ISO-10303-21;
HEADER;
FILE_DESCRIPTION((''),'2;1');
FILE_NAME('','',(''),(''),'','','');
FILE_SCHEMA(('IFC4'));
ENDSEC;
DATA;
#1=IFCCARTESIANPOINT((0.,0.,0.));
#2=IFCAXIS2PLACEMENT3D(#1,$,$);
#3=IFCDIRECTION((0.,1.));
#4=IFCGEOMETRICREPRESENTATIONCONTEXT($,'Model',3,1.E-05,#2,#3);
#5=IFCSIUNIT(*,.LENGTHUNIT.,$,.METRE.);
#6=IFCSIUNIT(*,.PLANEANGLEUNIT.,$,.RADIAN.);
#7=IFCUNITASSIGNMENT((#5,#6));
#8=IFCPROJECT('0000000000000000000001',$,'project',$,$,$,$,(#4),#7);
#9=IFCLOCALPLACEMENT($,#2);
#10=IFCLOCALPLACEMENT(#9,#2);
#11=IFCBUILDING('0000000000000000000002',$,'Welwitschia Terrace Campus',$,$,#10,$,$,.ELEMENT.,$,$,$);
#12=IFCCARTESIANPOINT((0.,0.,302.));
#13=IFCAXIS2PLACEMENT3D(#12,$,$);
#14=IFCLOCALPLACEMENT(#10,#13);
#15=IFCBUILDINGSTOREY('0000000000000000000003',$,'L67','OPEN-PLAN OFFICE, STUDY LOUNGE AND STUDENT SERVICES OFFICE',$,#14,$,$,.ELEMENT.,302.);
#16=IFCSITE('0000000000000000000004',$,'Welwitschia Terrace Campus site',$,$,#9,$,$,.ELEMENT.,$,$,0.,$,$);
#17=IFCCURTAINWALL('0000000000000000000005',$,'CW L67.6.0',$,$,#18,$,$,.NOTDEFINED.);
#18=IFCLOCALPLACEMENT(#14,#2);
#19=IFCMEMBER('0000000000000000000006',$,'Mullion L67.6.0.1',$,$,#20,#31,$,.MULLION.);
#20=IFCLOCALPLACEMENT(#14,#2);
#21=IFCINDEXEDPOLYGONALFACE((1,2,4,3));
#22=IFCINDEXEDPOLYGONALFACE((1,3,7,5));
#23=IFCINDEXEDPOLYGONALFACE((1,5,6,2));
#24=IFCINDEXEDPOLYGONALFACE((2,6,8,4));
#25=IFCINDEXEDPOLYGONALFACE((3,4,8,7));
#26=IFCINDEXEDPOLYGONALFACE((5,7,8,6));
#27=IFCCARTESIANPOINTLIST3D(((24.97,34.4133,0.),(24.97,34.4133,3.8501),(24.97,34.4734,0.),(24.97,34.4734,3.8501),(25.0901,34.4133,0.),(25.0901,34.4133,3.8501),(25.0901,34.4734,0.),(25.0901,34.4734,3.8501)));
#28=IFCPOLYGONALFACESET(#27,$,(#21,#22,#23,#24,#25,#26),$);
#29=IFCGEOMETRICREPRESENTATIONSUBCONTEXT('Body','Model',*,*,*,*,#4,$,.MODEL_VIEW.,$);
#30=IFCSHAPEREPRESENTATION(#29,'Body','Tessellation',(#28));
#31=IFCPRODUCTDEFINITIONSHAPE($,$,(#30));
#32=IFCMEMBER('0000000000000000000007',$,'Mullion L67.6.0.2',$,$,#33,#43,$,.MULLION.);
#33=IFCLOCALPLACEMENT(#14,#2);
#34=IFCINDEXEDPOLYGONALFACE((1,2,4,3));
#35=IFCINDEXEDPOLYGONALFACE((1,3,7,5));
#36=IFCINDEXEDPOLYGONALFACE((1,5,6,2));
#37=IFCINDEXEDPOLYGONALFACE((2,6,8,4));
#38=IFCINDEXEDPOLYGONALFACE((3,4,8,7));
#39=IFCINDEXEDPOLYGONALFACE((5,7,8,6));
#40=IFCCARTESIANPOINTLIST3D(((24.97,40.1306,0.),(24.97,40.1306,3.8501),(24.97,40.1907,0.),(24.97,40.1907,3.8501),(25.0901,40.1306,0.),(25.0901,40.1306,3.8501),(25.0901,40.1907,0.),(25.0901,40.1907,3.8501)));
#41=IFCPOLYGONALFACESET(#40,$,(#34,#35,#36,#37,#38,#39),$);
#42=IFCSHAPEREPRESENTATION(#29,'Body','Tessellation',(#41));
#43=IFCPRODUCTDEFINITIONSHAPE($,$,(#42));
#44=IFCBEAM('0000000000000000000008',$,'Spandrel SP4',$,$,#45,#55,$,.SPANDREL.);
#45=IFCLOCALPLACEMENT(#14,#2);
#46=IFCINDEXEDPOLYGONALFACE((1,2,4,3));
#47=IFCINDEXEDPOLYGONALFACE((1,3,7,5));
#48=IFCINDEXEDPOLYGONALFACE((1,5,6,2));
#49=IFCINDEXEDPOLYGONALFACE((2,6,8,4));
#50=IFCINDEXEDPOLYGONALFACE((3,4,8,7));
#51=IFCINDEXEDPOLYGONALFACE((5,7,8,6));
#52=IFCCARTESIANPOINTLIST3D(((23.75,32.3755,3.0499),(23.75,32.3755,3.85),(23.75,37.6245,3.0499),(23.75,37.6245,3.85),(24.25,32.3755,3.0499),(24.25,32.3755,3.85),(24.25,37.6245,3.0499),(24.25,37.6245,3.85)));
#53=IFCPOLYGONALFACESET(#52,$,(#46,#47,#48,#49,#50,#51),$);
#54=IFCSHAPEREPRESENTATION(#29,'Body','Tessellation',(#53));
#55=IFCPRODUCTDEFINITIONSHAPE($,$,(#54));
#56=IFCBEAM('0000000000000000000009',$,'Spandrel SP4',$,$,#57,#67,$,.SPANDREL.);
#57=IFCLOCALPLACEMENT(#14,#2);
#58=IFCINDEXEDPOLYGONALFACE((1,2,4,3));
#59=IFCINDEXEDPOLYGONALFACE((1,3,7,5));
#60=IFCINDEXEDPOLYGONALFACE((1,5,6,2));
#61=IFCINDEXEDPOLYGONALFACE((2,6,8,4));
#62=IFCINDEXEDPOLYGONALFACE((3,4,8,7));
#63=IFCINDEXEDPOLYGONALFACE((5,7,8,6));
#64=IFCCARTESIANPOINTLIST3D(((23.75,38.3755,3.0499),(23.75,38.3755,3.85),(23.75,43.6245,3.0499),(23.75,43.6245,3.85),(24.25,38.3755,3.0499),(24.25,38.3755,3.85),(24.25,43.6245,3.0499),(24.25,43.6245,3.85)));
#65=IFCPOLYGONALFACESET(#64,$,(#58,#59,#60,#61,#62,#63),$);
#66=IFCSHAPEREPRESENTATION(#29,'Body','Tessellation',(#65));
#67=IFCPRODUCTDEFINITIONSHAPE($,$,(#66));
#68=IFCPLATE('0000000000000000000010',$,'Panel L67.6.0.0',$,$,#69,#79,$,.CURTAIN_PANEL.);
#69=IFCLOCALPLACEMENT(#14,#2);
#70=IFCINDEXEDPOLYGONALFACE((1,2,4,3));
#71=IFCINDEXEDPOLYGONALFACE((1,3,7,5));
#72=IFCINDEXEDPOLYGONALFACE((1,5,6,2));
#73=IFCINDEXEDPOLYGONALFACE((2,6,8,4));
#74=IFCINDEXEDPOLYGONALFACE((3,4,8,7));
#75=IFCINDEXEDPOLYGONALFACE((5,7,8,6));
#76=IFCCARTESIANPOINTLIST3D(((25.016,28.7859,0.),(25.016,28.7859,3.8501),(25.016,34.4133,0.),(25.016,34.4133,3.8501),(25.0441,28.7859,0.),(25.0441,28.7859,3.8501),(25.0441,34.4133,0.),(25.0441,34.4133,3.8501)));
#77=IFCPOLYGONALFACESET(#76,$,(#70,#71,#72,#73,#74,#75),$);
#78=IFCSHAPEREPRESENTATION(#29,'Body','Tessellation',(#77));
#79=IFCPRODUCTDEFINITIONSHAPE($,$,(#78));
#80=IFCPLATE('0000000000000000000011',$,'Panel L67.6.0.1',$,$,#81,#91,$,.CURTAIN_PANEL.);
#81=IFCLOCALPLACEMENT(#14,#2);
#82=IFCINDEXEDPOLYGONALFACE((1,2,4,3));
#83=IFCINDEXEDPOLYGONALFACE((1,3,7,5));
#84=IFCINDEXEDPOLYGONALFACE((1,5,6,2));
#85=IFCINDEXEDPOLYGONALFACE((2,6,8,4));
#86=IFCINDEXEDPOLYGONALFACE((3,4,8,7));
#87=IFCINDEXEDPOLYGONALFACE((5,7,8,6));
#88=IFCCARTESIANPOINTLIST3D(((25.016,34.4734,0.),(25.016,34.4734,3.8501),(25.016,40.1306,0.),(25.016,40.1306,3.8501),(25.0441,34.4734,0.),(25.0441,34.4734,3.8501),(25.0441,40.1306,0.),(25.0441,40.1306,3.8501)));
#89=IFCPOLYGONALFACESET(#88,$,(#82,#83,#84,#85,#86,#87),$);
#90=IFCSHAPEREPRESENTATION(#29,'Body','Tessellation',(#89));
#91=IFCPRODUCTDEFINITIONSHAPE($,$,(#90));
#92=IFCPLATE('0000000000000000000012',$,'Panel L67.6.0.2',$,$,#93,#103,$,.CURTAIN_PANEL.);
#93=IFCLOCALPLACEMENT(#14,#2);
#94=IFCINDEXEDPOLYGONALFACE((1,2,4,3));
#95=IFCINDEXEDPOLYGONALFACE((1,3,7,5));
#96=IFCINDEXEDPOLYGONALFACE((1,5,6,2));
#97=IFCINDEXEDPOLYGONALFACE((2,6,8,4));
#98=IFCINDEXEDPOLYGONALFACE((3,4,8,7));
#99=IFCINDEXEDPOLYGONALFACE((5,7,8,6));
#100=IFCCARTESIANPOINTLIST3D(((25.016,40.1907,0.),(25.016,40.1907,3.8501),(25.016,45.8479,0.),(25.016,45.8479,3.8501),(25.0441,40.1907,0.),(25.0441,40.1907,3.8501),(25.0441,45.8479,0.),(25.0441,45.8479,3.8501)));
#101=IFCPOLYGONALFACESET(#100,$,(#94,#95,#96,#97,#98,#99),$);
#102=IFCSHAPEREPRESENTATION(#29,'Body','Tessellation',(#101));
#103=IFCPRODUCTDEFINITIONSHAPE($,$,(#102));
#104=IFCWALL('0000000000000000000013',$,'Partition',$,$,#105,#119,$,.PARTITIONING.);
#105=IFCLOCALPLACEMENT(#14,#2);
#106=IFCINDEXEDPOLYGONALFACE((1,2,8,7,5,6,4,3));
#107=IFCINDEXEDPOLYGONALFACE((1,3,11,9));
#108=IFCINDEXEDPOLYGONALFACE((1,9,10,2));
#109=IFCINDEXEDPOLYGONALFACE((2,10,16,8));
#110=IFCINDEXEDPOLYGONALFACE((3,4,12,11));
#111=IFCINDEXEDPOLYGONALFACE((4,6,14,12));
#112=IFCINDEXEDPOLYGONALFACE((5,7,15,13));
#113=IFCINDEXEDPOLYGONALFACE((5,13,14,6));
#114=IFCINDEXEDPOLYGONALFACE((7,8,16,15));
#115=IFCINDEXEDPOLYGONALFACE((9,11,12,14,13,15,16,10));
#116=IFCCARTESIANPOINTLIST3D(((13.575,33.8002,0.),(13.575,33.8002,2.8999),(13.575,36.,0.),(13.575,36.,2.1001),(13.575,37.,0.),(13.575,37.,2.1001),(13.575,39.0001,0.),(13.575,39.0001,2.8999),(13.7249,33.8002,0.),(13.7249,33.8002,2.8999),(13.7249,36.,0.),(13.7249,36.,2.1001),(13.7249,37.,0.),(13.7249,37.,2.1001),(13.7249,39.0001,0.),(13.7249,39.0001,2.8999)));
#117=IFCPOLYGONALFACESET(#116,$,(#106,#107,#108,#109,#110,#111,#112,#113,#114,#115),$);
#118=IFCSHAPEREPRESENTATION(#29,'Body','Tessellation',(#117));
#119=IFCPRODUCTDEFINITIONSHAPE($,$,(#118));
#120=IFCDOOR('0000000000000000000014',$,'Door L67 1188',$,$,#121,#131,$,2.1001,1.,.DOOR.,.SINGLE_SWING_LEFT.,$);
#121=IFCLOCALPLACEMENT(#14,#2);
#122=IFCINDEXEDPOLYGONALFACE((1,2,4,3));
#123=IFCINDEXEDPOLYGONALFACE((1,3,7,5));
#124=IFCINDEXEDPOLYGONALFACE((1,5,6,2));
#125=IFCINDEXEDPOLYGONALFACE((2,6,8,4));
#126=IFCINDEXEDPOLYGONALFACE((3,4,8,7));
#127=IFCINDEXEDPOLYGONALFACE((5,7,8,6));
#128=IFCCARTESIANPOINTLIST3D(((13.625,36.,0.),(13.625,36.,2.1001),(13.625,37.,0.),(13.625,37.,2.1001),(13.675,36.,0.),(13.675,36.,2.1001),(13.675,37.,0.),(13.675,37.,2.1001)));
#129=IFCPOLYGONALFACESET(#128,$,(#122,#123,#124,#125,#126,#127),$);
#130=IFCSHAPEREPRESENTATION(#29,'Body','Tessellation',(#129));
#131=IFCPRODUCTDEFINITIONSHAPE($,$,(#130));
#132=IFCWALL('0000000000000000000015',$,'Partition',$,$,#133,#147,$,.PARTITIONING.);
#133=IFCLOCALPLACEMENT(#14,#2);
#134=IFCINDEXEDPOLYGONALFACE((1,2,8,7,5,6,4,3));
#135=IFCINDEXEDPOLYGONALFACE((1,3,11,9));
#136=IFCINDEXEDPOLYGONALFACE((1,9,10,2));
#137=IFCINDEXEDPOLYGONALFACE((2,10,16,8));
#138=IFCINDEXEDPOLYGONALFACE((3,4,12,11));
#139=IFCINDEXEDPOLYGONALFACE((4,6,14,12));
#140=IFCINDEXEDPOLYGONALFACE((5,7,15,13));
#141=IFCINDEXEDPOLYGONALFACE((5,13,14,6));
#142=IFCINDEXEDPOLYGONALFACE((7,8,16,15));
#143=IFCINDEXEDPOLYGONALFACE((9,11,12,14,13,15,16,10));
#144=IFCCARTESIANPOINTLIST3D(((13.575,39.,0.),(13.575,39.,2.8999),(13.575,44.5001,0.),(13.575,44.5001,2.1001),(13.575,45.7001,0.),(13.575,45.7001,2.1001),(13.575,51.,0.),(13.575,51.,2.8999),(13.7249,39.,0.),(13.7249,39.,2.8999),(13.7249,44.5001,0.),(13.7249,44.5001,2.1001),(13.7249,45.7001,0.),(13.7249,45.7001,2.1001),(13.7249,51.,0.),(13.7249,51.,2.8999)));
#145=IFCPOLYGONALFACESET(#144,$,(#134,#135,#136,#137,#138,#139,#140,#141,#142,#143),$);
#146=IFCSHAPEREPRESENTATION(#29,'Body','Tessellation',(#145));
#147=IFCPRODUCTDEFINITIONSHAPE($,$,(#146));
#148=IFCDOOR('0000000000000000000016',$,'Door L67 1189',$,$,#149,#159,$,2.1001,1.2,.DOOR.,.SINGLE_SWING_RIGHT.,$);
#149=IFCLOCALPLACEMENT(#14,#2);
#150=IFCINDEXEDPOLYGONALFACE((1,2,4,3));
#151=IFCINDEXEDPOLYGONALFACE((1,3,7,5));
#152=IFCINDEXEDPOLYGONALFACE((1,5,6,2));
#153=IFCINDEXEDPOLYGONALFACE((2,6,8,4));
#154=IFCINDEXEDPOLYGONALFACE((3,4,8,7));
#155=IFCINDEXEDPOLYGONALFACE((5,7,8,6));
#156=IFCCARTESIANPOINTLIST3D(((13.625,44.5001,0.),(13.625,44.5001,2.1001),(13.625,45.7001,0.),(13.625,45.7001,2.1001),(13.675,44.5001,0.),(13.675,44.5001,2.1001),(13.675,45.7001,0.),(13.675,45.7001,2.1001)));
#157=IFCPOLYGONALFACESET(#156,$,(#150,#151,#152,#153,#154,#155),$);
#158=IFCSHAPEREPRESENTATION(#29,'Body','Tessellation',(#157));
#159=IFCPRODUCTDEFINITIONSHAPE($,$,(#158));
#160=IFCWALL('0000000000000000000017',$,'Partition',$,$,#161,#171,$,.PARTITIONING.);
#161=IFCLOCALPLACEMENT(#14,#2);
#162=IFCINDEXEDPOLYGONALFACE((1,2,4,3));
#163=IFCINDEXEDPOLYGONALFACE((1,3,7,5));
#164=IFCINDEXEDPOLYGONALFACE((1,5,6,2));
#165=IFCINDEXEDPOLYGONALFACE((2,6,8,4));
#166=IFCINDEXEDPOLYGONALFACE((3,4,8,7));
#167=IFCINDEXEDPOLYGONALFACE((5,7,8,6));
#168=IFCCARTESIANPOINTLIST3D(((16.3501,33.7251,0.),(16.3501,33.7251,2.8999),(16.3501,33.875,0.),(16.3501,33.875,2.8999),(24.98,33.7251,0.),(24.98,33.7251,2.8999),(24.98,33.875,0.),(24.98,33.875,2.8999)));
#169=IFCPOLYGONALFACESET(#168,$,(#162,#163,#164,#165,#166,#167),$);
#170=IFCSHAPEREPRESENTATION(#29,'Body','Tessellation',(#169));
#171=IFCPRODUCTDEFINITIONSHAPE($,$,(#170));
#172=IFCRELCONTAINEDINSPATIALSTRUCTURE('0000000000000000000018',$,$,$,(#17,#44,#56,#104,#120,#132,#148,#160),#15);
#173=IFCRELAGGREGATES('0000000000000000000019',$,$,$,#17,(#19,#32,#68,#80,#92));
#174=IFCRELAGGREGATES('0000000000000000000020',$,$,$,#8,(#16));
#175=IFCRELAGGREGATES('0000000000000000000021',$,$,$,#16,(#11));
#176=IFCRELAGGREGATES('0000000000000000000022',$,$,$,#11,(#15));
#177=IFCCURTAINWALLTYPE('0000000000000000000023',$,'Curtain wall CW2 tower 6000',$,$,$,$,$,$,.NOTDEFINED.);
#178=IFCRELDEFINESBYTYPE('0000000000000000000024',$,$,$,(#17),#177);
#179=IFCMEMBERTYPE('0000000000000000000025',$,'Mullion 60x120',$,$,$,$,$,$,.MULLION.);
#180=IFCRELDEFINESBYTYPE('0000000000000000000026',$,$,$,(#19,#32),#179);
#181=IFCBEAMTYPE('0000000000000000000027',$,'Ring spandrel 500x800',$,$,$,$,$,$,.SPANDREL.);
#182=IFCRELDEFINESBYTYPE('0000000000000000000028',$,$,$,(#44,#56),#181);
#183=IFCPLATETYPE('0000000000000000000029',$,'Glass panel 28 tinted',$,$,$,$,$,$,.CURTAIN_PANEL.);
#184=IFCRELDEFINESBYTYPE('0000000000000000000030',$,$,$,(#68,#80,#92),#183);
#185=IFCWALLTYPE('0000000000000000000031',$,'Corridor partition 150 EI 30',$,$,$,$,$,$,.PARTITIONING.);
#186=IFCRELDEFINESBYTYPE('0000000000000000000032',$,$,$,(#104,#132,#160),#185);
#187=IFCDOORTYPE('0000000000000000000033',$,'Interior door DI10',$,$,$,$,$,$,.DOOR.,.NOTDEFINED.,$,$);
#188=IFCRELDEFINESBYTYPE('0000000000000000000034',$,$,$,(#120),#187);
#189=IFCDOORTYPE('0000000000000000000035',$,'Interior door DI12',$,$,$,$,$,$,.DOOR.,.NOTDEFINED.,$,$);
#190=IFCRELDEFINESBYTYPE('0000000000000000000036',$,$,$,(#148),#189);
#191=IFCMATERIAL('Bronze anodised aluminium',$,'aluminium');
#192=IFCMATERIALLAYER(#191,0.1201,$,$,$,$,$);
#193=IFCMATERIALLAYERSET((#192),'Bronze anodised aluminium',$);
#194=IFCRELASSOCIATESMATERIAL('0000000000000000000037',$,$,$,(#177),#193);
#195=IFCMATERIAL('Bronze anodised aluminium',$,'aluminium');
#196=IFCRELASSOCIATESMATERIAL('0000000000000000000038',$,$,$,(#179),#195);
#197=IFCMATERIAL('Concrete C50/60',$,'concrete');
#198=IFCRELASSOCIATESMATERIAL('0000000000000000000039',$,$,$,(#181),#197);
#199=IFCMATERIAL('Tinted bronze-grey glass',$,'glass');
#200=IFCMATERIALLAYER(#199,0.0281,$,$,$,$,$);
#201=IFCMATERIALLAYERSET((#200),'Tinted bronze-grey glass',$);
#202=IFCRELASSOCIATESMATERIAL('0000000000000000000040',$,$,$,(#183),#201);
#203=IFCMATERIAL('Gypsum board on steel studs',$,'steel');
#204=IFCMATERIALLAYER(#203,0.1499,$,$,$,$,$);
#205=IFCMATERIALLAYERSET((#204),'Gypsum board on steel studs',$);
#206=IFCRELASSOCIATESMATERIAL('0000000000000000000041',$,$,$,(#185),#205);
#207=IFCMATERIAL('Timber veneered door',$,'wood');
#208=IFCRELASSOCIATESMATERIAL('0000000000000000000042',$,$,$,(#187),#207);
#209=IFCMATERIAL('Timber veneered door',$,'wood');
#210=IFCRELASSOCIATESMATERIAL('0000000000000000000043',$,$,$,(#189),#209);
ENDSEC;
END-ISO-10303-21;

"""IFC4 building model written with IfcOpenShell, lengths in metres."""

from ifc_helpers import new_model, si_unit, direction, frame, frame_2d, origin, origin_2d, place, context, subcontext, project, spatial, rectangle, extrude, material, layer, layer_set, material_profile, profile_set, type_object, element, fill, aggregate, save


model = new_model("IFC4")

# Units and contexts
model_context = context("Model", 3, precision=1e-05, world=origin(), true_north=direction((0.0, 1.0)))
body_context = subcontext(model_context, "Body", "Model", "MODEL_VIEW")
ifc_project = project(units=[si_unit("LENGTHUNIT", "METRE"), si_unit("PLANEANGLEUNIT", "RADIAN")], contexts=[model_context])

# Site, building, storey
site_placement = place(None, origin())
site = spatial("IfcSite", under=ifc_project, at=site_placement, Name="Welwitschia Terrace Campus site", CompositionType="ELEMENT", RefElevation=0.0)
building_placement = place(site_placement, origin())
building = spatial("IfcBuilding", under=site, at=building_placement, Name="Welwitschia Terrace Campus", CompositionType="ELEMENT")
storey_placement = place(building_placement, frame((0.0, 0.0, 302.0)))
storey = spatial("IfcBuildingStorey", under=building, at=storey_placement, Name="L67", Description="OPEN-PLAN OFFICE, STUDY LOUNGE AND STUDENT SERVICES OFFICE", CompositionType="ELEMENT", Elevation=302.0)

# Curtain wall, members
ifc_material_1 = material(Name="Bronze anodised aluminium", Category="aluminium")
ifc_layer_1 = layer(ifc_material_1, 0.1201)
ifc_layer_set_1 = layer_set([ifc_layer_1], Name="Bronze anodised aluminium")
curtain_wall_type = type_object("IfcCurtainWallType", Name="Curtain wall CW2 tower 6000", PredefinedType="NOTDEFINED", material=ifc_layer_set_1)
curtain_wall_placement = place(storey_placement, origin())
curtain_wall = element("IfcCurtainWall", 1, at=curtain_wall_placement, inside=storey, type_object=curtain_wall_type, Name="CW L67.6.0", PredefinedType="NOTDEFINED")
ifc_material_2 = material(Name="Bronze anodised aluminium", Category="aluminium")
ifc_material_profile_1 = material_profile(ifc_material_2, rectangle(XDim=0.1201, YDim=0.0601, at=origin_2d()))
ifc_profile_set_1 = profile_set([ifc_material_profile_1], Name="Bronze anodised aluminium")
member_type = type_object("IfcMemberType", Name="Mullion 60x120", PredefinedType="MULLION", material=ifc_profile_set_1)
member_1_placement = place(storey_placement, frame((25.03, 34.4434, 0.0), z_axis=(0.0, 0.0, 1.0), x_axis=(-1.0, 0.0, 0.0)))
member_1 = element("IfcMember", 2, at=member_1_placement, type_object=member_type, Name="Mullion L67.6.0.1", PredefinedType="MULLION", context=body_context, shape_type="SweptSolid", body=[
    extrude(rectangle(XDim=0.1201, YDim=0.0601, at=origin_2d()), origin(), (0.0, 0.0, 1.0), 3.8501),
])
member_2_placement = place(storey_placement, frame((25.03, 40.1606, 0.0), z_axis=(0.0, 0.0, 1.0), x_axis=(-1.0, 0.0, 0.0)))
member_2 = element("IfcMember", 3, at=member_2_placement, type_object=member_type, Name="Mullion L67.6.0.2", PredefinedType="MULLION", context=body_context, shape_type="SweptSolid", body=[
    extrude(rectangle(XDim=0.1201, YDim=0.0601, at=origin_2d()), origin(), (0.0, 0.0, 1.0), 3.8501),
])

# Beams
ifc_material_3 = material(Name="Concrete C50/60", Category="concrete")
ifc_material_profile_2 = material_profile(ifc_material_3, rectangle(XDim=0.5, YDim=0.8, at=origin_2d()))
ifc_profile_set_2 = profile_set([ifc_material_profile_2], Name="Concrete C50/60")
beam_type_1 = type_object("IfcBeamType", Name="Ring spandrel 500x800", PredefinedType="SPANDREL", material=ifc_profile_set_2)
for number, where, z_axis, x_axis, name in (
    (4, (24.0, 32.3755, 3.45), (0.0, 1.0, 0.0), (-1.0, 0.0, 0.0), "Spandrel SP4"),
    (5, (24.0, 38.3755, 3.45), (0.0, 1.0, 0.0), (-1.0, 0.0, 0.0), "Spandrel SP4"),
):
    element("IfcBeam", number, at=place(storey_placement, frame(where, z_axis=z_axis, x_axis=x_axis)), inside=storey, type_object=beam_type_1, Name=name, PredefinedType="SPANDREL", context=body_context, shape_type="SweptSolid", body=[
        extrude(rectangle(XDim=0.5, YDim=0.8, at=origin_2d()), origin(), (0.0, 0.0, 1.0), 5.249),
    ])

# Plates
ifc_material_4 = material(Name="Tinted bronze-grey glass", Category="glass")
ifc_layer_2 = layer(ifc_material_4, 0.0281)
ifc_layer_set_2 = layer_set([ifc_layer_2], Name="Tinted bronze-grey glass")
plate_type = type_object("IfcPlateType", Name="Glass panel 28 tinted", PredefinedType="CURTAIN_PANEL", material=ifc_layer_set_2)
plate_1_placement = place(storey_placement, frame((25.03, 31.5996, 0.0), z_axis=(0.0, 0.0, 1.0), x_axis=(0.0, 1.0, 0.0)))
plate_1 = element("IfcPlate", 6, at=plate_1_placement, type_object=plate_type, Name="Panel L67.6.0.0", PredefinedType="CURTAIN_PANEL", context=body_context, shape_type="SweptSolid", body=[
    extrude(rectangle(XDim=5.6274, YDim=0.0281, at=origin_2d()), origin(), (0.0, 0.0, 1.0), 3.8501),
])
plate_2_placement = place(storey_placement, frame((25.03, 37.302, 0.0), z_axis=(0.0, 0.0, 1.0), x_axis=(0.0, 1.0, 0.0)))
plate_2 = element("IfcPlate", 7, at=plate_2_placement, type_object=plate_type, Name="Panel L67.6.0.1", PredefinedType="CURTAIN_PANEL", context=body_context, shape_type="SweptSolid", body=[
    extrude(rectangle(XDim=5.6572, YDim=0.0281, at=origin_2d()), origin(), (0.0, 0.0, 1.0), 3.8501),
])
plate_3_placement = place(storey_placement, frame((25.03, 43.0193, 0.0), z_axis=(0.0, 0.0, 1.0), x_axis=(0.0, 1.0, 0.0)))
plate_3 = element("IfcPlate", 8, at=plate_3_placement, type_object=plate_type, Name="Panel L67.6.0.2", PredefinedType="CURTAIN_PANEL", context=body_context, shape_type="SweptSolid", body=[
    extrude(rectangle(XDim=5.6572, YDim=0.0281, at=origin_2d()), origin(), (0.0, 0.0, 1.0), 3.8501),
])
aggregate(curtain_wall, [member_1, member_2, plate_1, plate_2, plate_3])

# Walls, openings, doors
ifc_material_5 = material(Name="Gypsum board on steel studs", Category="steel")
ifc_layer_3 = layer(ifc_material_5, 0.1499)
ifc_layer_set_3 = layer_set([ifc_layer_3], Name="Gypsum board on steel studs")
wall_type = type_object("IfcWallType", Name="Corridor partition 150 EI 30", PredefinedType="PARTITIONING", material=ifc_layer_set_3)
wall_1_placement = place(storey_placement, frame((13.6499, 33.8, 0.0), z_axis=(0.0, 0.0, 1.0), x_axis=(0.0, 1.0, 0.0)))
wall_1 = element("IfcWall", 9, at=wall_1_placement, inside=storey, type_object=wall_type, Name="Partition", PredefinedType="PARTITIONING", context=body_context, shape_type="SweptSolid", body=[
    extrude(rectangle(XDim=5.2, YDim=0.1499, at=frame_2d((2.6001, 0.0))), origin(), (0.0, 0.0, 1.0), 2.8999),
])
opening_1_placement = place(wall_1_placement, frame((2.2, 0.0, 0.0)))
opening_1 = element("IfcOpeningElement", 10, at=opening_1_placement, cuts=wall_1, PredefinedType="OPENING", context=body_context, shape_type="SweptSolid", body=[
    extrude(rectangle(XDim=1.0, YDim=2.1001, at=frame_2d((0.5, 1.05))), frame((0.0, 0.085, 0.0), z_axis=(0.0, -1.0, 0.0), x_axis=(1.0, 0.0, 0.0)), (0.0, 0.0, 1.0), 0.1699),
])
ifc_material_6 = material(Name="Timber veneered door", Category="wood")
door_type_1 = type_object("IfcDoorType", Name="Interior door DI10", OperationType="NOTDEFINED", PredefinedType="DOOR", material=ifc_material_6)
door_1_placement = place(opening_1_placement, origin())
door_1 = element("IfcDoor", 11, at=door_1_placement, inside=storey, type_object=door_type_1, Name="Door L67 1188", OperationType="SINGLE_SWING_LEFT", OverallHeight=2.1001, OverallWidth=1.0, PredefinedType="DOOR", context=body_context, shape_type="SweptSolid", body=[
    extrude(rectangle(XDim=1.0, YDim=2.1001, at=frame_2d((0.5, 1.05))), frame((0.0, 0.0249, 0.0), z_axis=(0.0, -1.0, 0.0), x_axis=(1.0, 0.0, 0.0)), (0.0, 0.0, 1.0), 0.05),
])
fill(opening_1, door_1)
wall_2_placement = place(storey_placement, frame((13.6499, 39.0, 0.0), z_axis=(0.0, 0.0, 1.0), x_axis=(0.0, 1.0, 0.0)))
wall_2 = element("IfcWall", 12, at=wall_2_placement, inside=storey, type_object=wall_type, Name="Partition", PredefinedType="PARTITIONING", context=body_context, shape_type="SweptSolid", body=[
    extrude(rectangle(XDim=12.0, YDim=0.1499, at=frame_2d((6.0, 0.0))), origin(), (0.0, 0.0, 1.0), 2.8999),
])
opening_2_placement = place(wall_2_placement, frame((5.5, 0.0, 0.0)))
opening_2 = element("IfcOpeningElement", 13, at=opening_2_placement, cuts=wall_2, PredefinedType="OPENING", context=body_context, shape_type="SweptSolid", body=[
    extrude(rectangle(XDim=1.2, YDim=2.1001, at=frame_2d((0.6001, 1.05))), frame((0.0, 0.085, 0.0), z_axis=(0.0, -1.0, 0.0), x_axis=(1.0, 0.0, 0.0)), (0.0, 0.0, 1.0), 0.1699),
])
ifc_material_7 = material(Name="Timber veneered door", Category="wood")
door_type_2 = type_object("IfcDoorType", Name="Interior door DI12", OperationType="NOTDEFINED", PredefinedType="DOOR", material=ifc_material_7)
door_2_placement = place(opening_2_placement, origin())
door_2 = element("IfcDoor", 14, at=door_2_placement, inside=storey, type_object=door_type_2, Name="Door L67 1189", OperationType="SINGLE_SWING_RIGHT", OverallHeight=2.1001, OverallWidth=1.2, PredefinedType="DOOR", context=body_context, shape_type="SweptSolid", body=[
    extrude(rectangle(XDim=1.2, YDim=2.1001, at=frame_2d((0.6001, 1.05))), frame((0.0, 0.0249, 0.0), z_axis=(0.0, -1.0, 0.0), x_axis=(1.0, 0.0, 0.0)), (0.0, 0.0, 1.0), 0.05),
])
fill(opening_2, door_2)

# Wall
wall_3_placement = place(storey_placement, frame((16.3501, 33.8, 0.0), z_axis=(0.0, 0.0, 1.0), x_axis=(1.0, 0.0, 0.0)))
element("IfcWall", 15, at=wall_3_placement, inside=storey, type_object=wall_type, Name="Partition", PredefinedType="PARTITIONING", context=body_context, shape_type="SweptSolid", body=[
    extrude(rectangle(XDim=8.6299, YDim=0.1499, at=frame_2d((4.3149, 0.0))), origin(), (0.0, 0.0, 1.0), 2.8999),
])

save(model, "model.ifc")
